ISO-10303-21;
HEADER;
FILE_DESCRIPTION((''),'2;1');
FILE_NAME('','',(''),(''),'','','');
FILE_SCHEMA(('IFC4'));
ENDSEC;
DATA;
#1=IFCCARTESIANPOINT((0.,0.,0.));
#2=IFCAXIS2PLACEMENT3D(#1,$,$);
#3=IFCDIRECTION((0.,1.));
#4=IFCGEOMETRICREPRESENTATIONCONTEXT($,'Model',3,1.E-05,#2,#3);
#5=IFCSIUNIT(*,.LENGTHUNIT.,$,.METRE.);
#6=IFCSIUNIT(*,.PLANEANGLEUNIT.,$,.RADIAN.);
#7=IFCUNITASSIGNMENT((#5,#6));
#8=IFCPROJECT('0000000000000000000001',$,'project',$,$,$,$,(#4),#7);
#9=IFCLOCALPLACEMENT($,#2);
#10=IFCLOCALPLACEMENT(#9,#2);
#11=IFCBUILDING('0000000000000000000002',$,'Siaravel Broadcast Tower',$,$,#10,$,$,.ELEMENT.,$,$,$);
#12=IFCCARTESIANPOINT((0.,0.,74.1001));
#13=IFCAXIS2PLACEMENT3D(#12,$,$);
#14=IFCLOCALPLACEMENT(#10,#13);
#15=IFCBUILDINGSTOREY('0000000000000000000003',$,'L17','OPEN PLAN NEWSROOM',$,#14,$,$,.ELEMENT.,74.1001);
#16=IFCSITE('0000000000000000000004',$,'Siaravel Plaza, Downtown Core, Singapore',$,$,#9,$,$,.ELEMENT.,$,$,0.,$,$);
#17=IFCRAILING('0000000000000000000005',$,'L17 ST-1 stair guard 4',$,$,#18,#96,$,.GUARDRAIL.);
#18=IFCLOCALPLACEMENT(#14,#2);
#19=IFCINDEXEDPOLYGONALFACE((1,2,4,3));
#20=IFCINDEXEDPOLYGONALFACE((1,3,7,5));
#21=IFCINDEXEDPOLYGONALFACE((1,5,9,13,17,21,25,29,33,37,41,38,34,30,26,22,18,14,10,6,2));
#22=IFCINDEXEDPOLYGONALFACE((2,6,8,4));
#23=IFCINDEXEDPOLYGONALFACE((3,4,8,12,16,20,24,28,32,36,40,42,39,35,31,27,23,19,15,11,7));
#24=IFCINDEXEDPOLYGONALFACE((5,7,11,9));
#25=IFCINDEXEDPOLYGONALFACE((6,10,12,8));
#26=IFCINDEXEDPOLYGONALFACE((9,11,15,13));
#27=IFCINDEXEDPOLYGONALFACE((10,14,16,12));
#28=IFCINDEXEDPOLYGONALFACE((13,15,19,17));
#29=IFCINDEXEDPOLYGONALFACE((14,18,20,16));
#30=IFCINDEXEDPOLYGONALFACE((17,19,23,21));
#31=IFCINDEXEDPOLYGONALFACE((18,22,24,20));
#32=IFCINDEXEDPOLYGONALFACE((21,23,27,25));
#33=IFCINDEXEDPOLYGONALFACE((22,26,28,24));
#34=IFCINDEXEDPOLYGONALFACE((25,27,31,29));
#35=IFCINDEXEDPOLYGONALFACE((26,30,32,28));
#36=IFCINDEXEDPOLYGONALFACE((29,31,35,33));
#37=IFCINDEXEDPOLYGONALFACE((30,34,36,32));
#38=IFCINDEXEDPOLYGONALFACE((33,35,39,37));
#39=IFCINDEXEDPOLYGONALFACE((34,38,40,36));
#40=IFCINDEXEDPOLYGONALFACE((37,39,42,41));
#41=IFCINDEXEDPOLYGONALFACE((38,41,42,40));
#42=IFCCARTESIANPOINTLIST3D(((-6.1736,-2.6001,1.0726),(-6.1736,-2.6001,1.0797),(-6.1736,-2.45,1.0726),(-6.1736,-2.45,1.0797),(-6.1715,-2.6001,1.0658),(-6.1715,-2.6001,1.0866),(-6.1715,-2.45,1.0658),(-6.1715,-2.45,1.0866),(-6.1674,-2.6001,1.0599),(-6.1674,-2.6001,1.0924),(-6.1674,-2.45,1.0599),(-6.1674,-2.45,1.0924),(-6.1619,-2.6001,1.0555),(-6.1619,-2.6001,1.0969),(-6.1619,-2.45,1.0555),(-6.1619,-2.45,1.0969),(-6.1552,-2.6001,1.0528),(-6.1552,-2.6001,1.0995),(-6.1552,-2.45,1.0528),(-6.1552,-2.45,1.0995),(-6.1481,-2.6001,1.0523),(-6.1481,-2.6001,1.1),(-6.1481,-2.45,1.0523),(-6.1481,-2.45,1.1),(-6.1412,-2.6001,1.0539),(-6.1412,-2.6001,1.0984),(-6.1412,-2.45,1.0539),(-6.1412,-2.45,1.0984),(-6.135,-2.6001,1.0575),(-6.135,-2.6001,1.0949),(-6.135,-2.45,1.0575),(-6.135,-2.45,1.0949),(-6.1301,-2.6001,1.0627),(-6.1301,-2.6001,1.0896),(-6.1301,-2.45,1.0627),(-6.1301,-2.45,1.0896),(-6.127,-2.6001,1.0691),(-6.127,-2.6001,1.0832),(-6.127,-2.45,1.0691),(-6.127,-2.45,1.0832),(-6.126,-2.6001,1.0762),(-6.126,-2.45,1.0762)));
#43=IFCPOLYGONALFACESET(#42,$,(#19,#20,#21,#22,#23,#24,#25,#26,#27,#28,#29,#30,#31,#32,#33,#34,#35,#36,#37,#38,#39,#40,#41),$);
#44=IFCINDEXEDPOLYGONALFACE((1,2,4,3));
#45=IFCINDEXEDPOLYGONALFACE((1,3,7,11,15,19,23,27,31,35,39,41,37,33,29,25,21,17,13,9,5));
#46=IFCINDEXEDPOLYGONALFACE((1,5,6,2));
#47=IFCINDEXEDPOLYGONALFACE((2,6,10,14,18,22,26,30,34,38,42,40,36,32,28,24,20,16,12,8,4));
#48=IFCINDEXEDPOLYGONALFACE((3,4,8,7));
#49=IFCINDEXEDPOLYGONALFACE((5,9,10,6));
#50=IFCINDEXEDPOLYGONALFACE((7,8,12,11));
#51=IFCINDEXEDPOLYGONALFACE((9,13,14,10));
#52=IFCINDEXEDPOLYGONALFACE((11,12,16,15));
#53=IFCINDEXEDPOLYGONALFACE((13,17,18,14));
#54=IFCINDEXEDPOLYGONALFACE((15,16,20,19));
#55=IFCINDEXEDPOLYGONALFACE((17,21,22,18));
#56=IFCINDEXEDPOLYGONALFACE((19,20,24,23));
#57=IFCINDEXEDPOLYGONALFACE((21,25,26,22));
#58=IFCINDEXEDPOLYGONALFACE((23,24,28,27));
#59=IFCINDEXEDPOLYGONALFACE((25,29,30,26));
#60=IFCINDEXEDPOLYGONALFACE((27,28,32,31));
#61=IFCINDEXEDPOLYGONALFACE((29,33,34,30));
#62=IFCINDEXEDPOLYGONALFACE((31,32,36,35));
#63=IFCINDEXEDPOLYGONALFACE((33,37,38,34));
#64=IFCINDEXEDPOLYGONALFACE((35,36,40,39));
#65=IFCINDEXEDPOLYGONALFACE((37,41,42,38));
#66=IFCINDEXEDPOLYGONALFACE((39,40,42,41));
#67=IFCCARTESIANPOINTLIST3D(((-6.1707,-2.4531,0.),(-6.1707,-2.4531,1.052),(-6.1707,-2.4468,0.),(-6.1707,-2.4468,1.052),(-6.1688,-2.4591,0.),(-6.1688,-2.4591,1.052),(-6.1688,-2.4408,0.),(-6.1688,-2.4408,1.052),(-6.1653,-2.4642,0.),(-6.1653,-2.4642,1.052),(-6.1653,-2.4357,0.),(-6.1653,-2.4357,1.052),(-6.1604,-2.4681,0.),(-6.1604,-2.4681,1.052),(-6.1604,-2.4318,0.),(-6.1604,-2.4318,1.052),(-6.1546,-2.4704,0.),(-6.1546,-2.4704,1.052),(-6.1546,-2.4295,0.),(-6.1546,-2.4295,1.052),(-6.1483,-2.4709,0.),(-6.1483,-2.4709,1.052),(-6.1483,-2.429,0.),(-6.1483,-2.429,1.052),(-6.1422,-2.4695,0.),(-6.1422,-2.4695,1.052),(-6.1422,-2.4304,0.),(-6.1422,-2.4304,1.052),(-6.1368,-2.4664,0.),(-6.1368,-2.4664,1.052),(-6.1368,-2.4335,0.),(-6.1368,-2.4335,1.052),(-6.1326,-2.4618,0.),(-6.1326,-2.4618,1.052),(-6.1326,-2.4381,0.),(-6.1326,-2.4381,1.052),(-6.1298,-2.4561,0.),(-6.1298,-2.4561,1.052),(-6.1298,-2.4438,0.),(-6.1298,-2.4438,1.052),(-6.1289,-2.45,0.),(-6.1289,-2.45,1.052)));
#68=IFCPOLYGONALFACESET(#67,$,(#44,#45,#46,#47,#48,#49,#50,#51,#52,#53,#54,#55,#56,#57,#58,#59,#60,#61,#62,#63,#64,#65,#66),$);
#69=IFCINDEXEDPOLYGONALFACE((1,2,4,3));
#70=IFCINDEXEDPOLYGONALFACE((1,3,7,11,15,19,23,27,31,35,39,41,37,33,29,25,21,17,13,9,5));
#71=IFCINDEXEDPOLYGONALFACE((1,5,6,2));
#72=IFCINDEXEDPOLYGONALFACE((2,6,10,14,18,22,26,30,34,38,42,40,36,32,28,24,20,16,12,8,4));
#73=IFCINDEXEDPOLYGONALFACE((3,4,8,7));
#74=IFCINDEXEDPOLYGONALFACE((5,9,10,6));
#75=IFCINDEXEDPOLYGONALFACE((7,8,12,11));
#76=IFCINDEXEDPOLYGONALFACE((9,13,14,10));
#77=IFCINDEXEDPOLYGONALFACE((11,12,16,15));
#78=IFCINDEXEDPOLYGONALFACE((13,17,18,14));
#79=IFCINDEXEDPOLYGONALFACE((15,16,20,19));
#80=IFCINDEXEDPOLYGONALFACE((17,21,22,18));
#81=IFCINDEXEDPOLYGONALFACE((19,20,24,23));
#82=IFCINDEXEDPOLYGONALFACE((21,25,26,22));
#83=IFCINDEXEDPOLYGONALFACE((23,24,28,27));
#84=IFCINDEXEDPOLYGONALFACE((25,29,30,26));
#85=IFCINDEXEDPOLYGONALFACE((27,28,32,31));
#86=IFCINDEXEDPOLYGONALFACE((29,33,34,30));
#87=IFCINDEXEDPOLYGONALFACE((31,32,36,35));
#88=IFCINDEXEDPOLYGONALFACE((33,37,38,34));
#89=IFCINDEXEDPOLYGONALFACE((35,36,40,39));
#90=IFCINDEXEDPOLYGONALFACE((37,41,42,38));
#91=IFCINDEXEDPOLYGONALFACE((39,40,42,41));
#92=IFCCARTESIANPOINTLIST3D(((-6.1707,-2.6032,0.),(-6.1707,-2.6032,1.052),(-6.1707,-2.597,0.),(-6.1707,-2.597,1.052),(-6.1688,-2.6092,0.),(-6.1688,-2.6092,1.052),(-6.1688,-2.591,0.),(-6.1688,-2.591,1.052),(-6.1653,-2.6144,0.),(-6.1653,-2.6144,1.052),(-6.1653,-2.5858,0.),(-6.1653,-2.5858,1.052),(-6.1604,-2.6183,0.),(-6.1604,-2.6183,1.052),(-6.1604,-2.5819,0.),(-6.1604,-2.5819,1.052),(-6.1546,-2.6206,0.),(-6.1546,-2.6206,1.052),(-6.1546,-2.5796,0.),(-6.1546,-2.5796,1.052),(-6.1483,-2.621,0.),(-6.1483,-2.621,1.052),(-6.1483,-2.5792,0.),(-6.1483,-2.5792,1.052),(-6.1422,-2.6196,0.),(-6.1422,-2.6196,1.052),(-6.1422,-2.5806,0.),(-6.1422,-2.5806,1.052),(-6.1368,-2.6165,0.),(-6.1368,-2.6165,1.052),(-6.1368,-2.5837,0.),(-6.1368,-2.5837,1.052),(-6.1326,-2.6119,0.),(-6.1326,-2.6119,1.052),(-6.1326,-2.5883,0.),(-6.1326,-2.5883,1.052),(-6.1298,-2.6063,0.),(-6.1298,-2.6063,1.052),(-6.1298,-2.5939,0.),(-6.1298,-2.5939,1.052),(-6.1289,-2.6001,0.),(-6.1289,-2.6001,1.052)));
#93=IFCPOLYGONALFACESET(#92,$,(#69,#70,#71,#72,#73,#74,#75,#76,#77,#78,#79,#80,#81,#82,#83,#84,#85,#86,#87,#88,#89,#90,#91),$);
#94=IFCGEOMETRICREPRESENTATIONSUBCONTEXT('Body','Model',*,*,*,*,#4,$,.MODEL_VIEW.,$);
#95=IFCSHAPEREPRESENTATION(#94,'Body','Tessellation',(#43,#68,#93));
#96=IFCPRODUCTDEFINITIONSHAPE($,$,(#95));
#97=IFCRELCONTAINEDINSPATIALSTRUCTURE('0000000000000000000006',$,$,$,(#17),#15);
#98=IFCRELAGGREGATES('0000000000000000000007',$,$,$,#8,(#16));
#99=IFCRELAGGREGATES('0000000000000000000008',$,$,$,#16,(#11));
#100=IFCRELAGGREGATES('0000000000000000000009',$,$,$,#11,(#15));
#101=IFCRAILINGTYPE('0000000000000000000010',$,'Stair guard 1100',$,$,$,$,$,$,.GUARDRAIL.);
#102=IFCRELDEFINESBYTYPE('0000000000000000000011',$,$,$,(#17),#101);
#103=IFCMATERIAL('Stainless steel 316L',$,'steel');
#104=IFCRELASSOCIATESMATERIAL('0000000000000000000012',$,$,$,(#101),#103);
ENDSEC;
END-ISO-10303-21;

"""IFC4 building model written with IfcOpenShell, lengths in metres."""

from ifc_helpers import new_model, si_unit, direction, frame, origin, origin_2d, place, context, subcontext, project, spatial, circle, extrude, material, type_object, element, save


model = new_model("IFC4")

# Units and contexts
model_context = context("Model", 3, precision=1e-05, world=origin(), true_north=direction((0.0, 1.0)))
body_context = subcontext(model_context, "Body", "Model", "MODEL_VIEW")
ifc_project = project(units=[si_unit("LENGTHUNIT", "METRE"), si_unit("PLANEANGLEUNIT", "RADIAN")], contexts=[model_context])

# Site, building, storey
site_placement = place(None, origin())
site = spatial("IfcSite", under=ifc_project, at=site_placement, Name="Siaravel Plaza, Downtown Core, Singapore", CompositionType="ELEMENT", RefElevation=0.0)
building_placement = place(site_placement, origin())
building = spatial("IfcBuilding", under=site, at=building_placement, Name="Siaravel Broadcast Tower", CompositionType="ELEMENT")
storey_placement = place(building_placement, frame((0.0, 0.0, 74.1001)))
storey = spatial("IfcBuildingStorey", under=building, at=storey_placement, Name="L17", Description="OPEN PLAN NEWSROOM", CompositionType="ELEMENT", Elevation=74.1001)

# Railing
ifc_material_1 = material(Name="Stainless steel 316L", Category="steel")
railing_type_1 = type_object("IfcRailingType", Name="Stair guard 1100", PredefinedType="GUARDRAIL", material=ifc_material_1)
railing_1_placement = place(storey_placement, frame((-6.1499, -2.45, 0.0)))
element("IfcRailing", 1, at=railing_1_placement, inside=storey, type_object=railing_type_1, Name="L17 ST-1 stair guard 4", PredefinedType="GUARDRAIL", context=body_context, shape_type="SweptSolid", body=[
    extrude(circle(Radius=0.0239, at=origin_2d()), frame((0.0, 0.0, 1.0762), z_axis=(0.0, -1.0, 0.0), x_axis=(1.0, 0.0, 0.0)), (0.0, 0.0, 1.0), 0.1501),
    extrude(circle(Radius=0.021, at=origin_2d()), origin(), (0.0, 0.0, 1.0), 1.052),
    extrude(circle(Radius=0.021, at=origin_2d()), frame((0.0, -0.1501, 0.0)), (0.0, 0.0, 1.0), 1.052),
])

save(model, "model.ifc")
